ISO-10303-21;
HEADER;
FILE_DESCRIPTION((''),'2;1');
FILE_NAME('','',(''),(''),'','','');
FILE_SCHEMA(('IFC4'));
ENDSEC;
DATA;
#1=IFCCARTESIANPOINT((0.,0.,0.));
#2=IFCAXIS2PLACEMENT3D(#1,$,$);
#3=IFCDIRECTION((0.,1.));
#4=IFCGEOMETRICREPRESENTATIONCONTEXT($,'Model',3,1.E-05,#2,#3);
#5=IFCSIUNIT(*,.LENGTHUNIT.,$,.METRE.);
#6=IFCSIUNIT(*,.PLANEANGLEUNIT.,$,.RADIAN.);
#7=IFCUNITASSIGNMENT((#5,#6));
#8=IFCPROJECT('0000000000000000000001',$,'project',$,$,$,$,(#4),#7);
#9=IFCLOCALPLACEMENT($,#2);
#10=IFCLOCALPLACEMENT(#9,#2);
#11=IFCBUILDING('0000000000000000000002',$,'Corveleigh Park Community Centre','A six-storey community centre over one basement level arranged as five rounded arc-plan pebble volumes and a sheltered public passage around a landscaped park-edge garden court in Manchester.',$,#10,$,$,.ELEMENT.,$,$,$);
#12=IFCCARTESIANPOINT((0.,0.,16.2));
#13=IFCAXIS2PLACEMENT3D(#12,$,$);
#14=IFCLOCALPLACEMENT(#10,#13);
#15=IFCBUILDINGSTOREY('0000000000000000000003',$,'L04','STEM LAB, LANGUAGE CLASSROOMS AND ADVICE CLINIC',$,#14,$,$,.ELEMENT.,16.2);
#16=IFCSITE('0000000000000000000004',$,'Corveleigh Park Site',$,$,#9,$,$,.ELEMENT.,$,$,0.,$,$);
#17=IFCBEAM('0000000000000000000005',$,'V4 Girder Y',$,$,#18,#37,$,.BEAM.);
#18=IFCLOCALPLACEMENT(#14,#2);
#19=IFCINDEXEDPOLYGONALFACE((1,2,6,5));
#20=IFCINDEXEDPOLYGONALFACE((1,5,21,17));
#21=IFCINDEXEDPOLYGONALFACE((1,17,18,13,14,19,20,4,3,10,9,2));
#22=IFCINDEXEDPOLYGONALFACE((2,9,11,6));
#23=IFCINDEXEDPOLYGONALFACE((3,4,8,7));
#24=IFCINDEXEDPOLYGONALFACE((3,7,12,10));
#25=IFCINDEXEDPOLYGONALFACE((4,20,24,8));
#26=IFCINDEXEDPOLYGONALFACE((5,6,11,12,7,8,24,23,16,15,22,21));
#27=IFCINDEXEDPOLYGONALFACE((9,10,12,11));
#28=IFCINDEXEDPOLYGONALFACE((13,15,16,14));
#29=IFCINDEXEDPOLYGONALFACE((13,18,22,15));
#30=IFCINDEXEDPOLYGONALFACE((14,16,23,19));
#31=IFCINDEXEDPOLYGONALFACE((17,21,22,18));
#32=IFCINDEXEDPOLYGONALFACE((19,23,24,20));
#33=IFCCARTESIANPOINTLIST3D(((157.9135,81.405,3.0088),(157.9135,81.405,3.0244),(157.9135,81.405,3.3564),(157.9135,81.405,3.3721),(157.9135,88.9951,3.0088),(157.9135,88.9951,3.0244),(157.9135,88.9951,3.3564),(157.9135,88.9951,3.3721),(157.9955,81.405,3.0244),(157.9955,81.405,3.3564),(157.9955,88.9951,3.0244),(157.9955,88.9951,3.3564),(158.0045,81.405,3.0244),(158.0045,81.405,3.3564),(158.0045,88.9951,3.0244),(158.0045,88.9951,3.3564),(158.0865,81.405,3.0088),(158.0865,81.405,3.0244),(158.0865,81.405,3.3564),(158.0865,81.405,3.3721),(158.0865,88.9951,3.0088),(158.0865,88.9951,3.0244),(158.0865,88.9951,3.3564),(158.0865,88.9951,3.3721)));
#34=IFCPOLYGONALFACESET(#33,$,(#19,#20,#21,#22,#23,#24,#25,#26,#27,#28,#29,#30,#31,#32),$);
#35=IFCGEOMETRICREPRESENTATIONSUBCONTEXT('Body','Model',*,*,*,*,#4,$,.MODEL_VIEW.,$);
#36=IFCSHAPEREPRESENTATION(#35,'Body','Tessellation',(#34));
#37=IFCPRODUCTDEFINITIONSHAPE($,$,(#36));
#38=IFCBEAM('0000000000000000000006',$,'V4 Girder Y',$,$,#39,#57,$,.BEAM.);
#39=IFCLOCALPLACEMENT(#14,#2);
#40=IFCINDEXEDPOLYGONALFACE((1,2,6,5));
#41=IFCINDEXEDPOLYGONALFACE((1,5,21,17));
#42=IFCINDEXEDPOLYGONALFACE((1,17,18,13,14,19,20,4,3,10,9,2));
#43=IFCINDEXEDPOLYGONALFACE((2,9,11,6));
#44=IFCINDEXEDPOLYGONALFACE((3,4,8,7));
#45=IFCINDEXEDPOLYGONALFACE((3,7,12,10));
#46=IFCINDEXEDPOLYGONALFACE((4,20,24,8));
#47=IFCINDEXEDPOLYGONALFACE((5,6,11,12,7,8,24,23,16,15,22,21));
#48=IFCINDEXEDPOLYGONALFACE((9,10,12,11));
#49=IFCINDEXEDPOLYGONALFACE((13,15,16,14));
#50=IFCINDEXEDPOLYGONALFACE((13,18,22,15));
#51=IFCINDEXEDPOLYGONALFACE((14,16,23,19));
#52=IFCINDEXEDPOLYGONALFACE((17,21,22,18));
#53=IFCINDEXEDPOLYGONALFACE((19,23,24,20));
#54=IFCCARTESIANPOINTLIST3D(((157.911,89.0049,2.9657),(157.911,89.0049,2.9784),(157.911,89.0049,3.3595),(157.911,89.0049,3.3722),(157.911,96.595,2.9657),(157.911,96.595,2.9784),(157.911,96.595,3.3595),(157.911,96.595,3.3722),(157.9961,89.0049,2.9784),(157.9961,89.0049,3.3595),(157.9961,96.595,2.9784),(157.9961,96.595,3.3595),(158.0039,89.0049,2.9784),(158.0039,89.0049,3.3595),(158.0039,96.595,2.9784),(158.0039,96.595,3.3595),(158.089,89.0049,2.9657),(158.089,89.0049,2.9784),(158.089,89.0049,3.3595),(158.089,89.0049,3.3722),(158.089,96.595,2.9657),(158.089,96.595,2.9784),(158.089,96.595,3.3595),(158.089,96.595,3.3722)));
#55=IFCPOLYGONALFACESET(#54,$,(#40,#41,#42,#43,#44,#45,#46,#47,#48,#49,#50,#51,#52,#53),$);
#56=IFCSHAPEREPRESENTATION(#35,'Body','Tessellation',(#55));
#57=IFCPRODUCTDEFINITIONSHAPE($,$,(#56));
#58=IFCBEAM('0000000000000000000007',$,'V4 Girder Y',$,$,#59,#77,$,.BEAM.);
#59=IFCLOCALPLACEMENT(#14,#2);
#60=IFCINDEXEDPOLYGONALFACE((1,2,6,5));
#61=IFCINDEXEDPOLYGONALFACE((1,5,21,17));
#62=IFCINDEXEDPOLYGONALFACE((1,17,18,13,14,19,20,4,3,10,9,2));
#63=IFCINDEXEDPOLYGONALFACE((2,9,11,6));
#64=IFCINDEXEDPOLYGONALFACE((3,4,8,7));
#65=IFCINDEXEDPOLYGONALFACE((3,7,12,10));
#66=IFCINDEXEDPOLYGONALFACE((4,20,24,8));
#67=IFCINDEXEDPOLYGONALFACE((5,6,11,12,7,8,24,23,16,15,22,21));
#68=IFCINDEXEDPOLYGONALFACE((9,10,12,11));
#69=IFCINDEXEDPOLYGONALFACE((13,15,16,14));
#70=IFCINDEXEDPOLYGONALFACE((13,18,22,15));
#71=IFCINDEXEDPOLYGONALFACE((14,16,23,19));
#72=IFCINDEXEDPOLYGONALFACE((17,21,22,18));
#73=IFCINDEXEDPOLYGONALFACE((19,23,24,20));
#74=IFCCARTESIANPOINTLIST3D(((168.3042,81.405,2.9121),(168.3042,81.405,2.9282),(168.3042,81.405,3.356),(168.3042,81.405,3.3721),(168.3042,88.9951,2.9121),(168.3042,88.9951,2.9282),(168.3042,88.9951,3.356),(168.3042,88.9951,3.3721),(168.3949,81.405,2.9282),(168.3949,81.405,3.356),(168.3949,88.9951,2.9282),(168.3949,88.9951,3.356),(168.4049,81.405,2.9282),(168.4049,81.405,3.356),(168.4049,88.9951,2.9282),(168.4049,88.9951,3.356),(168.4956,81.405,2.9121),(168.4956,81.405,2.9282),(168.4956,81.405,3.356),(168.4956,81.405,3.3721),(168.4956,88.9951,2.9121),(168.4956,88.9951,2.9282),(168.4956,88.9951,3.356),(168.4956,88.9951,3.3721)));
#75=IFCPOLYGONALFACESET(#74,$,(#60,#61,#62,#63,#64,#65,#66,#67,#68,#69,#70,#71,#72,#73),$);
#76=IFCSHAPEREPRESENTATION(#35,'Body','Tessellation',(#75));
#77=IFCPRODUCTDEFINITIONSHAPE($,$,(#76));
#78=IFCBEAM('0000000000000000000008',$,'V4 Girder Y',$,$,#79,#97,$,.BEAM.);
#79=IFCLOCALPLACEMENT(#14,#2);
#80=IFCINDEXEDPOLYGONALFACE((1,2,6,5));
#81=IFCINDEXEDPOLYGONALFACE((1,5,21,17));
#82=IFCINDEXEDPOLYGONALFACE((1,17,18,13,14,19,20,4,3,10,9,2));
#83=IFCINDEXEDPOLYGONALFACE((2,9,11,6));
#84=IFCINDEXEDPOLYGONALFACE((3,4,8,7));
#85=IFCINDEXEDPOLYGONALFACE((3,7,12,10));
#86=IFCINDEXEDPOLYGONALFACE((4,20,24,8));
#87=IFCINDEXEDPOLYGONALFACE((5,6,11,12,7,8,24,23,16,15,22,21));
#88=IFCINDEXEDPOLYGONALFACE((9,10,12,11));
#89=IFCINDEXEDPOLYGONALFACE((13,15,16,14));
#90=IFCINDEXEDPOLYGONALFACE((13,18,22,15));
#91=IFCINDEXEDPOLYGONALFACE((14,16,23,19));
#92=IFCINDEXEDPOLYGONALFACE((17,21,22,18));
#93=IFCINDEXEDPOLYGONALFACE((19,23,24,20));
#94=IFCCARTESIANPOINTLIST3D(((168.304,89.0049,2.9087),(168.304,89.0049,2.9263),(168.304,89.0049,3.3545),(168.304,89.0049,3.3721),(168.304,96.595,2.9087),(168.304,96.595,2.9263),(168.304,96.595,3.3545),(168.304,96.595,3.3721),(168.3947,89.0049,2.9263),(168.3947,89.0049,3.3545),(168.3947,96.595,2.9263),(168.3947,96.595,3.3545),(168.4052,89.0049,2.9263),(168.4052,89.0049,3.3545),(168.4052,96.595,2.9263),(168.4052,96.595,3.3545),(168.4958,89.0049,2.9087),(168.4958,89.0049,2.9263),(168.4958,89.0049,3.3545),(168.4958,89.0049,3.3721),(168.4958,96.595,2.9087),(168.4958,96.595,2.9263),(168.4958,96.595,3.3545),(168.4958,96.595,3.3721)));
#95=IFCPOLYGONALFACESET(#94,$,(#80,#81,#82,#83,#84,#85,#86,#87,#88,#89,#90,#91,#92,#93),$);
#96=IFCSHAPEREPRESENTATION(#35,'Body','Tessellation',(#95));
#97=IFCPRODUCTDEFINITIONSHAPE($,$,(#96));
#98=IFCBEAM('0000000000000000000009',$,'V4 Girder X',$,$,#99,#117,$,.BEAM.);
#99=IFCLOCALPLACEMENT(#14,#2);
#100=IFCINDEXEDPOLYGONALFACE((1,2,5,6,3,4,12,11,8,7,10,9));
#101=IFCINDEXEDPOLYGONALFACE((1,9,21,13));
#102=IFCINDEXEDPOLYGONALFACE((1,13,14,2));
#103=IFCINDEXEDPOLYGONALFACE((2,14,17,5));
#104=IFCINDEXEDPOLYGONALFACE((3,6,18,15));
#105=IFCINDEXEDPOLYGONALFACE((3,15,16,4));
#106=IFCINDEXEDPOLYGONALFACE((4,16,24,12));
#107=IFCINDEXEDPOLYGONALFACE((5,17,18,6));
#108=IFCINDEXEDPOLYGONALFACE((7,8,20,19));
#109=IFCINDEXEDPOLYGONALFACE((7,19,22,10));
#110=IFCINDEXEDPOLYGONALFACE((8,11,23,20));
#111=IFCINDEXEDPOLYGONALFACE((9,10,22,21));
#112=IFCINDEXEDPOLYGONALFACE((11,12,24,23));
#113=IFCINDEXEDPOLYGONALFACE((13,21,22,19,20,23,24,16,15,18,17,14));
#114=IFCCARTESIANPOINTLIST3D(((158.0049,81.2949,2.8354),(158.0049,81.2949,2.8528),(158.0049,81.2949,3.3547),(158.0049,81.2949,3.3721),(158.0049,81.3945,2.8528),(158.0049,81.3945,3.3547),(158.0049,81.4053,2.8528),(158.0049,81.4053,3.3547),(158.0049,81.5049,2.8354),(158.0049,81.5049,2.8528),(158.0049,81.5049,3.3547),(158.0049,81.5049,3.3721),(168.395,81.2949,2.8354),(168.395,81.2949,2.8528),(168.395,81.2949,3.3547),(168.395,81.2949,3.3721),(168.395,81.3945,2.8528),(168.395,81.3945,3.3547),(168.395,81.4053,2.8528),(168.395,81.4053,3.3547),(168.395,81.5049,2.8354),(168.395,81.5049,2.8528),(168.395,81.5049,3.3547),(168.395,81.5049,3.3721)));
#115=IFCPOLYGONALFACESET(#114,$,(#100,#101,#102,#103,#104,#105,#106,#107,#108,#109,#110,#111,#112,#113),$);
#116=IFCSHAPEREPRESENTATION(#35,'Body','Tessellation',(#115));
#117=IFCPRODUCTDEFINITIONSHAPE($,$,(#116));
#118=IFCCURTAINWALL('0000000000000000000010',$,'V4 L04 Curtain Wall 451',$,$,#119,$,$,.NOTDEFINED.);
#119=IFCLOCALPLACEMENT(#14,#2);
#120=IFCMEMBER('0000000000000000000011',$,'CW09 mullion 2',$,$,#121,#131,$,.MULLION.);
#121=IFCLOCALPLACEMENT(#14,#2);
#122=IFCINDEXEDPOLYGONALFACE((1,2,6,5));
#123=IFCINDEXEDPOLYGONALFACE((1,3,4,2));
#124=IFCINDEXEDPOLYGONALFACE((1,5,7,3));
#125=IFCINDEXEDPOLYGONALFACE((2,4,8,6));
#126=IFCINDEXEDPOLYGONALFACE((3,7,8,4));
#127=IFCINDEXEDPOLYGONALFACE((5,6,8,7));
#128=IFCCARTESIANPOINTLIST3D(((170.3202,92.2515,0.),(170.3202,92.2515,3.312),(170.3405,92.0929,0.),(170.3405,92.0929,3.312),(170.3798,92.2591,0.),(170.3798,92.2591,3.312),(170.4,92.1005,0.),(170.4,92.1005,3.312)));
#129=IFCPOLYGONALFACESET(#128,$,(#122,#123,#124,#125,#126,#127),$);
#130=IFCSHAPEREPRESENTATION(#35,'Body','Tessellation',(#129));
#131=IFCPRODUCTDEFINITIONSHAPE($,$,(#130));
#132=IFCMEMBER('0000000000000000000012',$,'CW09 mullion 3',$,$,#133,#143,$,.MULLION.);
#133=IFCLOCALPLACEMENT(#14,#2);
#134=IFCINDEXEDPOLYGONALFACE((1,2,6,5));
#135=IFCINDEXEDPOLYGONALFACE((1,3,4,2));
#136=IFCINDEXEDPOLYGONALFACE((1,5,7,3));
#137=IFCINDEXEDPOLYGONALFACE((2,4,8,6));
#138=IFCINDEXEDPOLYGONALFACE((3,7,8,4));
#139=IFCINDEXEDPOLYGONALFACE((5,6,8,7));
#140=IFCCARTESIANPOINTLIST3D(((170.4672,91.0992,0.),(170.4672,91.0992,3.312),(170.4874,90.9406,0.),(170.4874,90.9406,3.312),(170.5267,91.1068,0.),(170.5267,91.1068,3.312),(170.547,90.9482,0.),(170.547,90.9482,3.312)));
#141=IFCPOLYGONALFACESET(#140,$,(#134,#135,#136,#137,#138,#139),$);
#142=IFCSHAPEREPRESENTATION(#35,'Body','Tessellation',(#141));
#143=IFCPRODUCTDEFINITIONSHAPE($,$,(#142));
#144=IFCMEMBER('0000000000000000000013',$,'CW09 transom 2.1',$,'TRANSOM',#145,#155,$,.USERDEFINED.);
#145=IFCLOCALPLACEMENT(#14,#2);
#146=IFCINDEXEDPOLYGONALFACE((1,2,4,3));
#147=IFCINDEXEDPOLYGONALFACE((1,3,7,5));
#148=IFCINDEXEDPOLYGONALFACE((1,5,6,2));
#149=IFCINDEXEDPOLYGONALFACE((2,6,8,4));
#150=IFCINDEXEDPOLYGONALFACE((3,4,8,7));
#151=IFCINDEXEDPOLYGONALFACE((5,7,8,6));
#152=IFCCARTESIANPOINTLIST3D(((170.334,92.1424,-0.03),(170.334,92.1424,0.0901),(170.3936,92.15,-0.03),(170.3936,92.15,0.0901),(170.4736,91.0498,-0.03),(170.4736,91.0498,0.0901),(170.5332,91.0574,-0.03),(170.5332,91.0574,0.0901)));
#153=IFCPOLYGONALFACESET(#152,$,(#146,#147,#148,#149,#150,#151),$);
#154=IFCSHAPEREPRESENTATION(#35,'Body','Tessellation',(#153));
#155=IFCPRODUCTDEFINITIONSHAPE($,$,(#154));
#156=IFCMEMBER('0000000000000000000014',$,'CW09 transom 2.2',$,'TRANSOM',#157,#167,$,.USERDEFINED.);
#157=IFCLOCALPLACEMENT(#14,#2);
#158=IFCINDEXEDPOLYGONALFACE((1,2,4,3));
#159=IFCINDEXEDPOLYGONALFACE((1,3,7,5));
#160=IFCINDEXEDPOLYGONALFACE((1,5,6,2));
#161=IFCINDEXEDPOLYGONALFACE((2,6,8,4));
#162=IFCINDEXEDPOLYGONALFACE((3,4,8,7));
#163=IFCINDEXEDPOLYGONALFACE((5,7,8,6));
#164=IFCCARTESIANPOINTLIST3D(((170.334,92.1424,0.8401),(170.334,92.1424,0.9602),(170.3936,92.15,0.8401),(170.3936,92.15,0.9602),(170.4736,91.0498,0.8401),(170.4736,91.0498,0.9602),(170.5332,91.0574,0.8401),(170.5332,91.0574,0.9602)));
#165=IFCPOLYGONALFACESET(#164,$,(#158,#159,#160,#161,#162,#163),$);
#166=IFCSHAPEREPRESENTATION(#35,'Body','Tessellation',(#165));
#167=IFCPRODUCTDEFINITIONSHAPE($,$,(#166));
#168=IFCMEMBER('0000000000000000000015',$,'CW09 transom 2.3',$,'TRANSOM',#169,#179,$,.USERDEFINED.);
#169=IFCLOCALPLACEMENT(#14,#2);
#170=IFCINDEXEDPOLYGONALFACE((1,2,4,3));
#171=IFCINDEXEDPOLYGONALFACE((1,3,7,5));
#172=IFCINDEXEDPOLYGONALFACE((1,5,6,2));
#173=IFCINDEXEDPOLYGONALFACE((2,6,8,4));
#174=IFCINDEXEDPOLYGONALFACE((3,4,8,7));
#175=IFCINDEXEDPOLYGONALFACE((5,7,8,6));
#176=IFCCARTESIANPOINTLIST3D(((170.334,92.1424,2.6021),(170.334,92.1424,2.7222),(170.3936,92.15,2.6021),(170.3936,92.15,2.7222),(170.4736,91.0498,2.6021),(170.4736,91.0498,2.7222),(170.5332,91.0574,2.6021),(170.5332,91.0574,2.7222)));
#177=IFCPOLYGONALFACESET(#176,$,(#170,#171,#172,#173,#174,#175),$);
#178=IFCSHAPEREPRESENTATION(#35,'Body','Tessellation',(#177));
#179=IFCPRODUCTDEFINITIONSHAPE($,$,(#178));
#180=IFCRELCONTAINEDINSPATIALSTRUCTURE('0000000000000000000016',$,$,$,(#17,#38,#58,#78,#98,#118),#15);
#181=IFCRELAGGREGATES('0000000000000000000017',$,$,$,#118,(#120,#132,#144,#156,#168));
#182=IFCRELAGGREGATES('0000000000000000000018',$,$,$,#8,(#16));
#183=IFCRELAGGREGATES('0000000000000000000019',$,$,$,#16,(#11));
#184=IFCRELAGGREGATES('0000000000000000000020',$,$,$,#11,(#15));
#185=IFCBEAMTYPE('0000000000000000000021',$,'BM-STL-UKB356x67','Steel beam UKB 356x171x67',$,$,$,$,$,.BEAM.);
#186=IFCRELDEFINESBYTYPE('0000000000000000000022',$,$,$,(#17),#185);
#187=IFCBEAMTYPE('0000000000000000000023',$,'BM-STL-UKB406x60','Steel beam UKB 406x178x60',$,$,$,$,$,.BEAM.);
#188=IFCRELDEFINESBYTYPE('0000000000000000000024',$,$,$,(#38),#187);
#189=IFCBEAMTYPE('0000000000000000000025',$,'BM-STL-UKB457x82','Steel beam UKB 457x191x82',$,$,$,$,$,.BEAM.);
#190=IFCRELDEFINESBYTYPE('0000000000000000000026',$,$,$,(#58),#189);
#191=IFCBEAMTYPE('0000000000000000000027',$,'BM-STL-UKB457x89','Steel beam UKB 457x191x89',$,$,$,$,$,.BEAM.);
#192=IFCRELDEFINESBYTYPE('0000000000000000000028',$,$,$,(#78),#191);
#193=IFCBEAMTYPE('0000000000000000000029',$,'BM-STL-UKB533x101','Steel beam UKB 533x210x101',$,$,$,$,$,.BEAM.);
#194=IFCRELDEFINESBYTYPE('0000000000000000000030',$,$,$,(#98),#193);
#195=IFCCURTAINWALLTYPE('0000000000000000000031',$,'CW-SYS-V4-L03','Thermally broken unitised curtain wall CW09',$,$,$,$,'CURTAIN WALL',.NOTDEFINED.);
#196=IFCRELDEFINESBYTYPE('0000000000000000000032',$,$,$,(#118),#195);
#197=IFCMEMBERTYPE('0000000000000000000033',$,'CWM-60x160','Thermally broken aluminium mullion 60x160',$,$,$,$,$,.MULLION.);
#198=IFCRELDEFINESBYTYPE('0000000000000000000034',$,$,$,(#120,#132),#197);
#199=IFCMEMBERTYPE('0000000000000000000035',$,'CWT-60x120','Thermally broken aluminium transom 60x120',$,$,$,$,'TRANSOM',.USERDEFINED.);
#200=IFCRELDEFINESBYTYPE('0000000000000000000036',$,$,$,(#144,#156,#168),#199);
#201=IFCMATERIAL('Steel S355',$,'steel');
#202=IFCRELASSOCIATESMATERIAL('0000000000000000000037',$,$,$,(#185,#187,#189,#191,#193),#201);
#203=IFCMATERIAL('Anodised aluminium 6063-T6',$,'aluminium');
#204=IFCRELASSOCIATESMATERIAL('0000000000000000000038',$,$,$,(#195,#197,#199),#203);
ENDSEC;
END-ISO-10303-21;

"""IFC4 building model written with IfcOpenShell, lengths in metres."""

from ifc_helpers import new_model, si_unit, direction, frame, origin, origin_2d, place, context, subcontext, project, spatial, rectangle, i_section, extrude, material, material_profile, profile_set, type_object, element, aggregate, save


model = new_model("IFC4")

# Units and contexts
model_context = context("Model", 3, precision=1e-05, world=origin(), true_north=direction((0.0, 1.0)))
body_context = subcontext(model_context, "Body", "Model", "MODEL_VIEW")
ifc_project = project(units=[si_unit("LENGTHUNIT", "METRE"), si_unit("PLANEANGLEUNIT", "RADIAN")], contexts=[model_context])

# Site, building, storey
site_placement = place(None, origin())
site = spatial("IfcSite", under=ifc_project, at=site_placement, Name="Corveleigh Park Site", CompositionType="ELEMENT", RefElevation=0.0)
building_placement = place(site_placement, origin())
building = spatial("IfcBuilding", under=site, at=building_placement, Name="Corveleigh Park Community Centre", Description="A six-storey community centre over one basement level arranged as five rounded arc-plan pebble volumes and a sheltered public passage around a landscaped park-edge garden court in Manchester.", CompositionType="ELEMENT")
storey_placement = place(building_placement, frame((0.0, 0.0, 16.2)))
storey = spatial("IfcBuildingStorey", under=building, at=storey_placement, Name="L04", Description="STEM LAB, LANGUAGE CLASSROOMS AND ADVICE CLINIC", CompositionType="ELEMENT", Elevation=16.2)

# Shared definitions
ifc_material_1 = material(Name="Steel S355", Category="steel")

# Beams
ifc_material_profile_1 = material_profile(ifc_material_1, i_section(OverallWidth=0.1731, OverallDepth=0.3633, WebThickness=0.009, FlangeThickness=0.0156, at=origin_2d()), Name="UKB 356x171x67", Category="steel")
ifc_profile_set_1 = profile_set([ifc_material_profile_1], Name="Steel S355")
beam_type_1 = type_object("IfcBeamType", Name="BM-STL-UKB356x67", Description="Steel beam UKB 356x171x67", PredefinedType="BEAM", material=ifc_profile_set_1)
beam_1_placement = place(storey_placement, frame((158.0, 81.405, 3.1904), z_axis=(0.0, 1.0, 0.0), x_axis=(-1.0, 0.0, 0.0)))
element("IfcBeam", 1, at=beam_1_placement, inside=storey, type_object=beam_type_1, Name="V4 Girder Y", PredefinedType="BEAM", context=body_context, shape_type="SweptSolid", body=[
    extrude(i_section(OverallWidth=0.1731, OverallDepth=0.3633, WebThickness=0.009, FlangeThickness=0.0156, at=origin_2d()), origin(), (0.0, 0.0, 1.0), 7.5901),
])
ifc_material_profile_2 = material_profile(ifc_material_1, i_section(OverallWidth=0.178, OverallDepth=0.4065, WebThickness=0.0078, FlangeThickness=0.0127, at=origin_2d()), Name="UKB 406x178x60", Category="steel")
ifc_profile_set_2 = profile_set([ifc_material_profile_2], Name="Steel S355")
beam_type_2 = type_object("IfcBeamType", Name="BM-STL-UKB406x60", Description="Steel beam UKB 406x178x60", PredefinedType="BEAM", material=ifc_profile_set_2)
beam_2_placement = place(storey_placement, frame((158.0, 89.0049, 3.1689), z_axis=(0.0, 1.0, 0.0), x_axis=(-1.0, 0.0, 0.0)))
element("IfcBeam", 2, at=beam_2_placement, inside=storey, type_object=beam_type_2, Name="V4 Girder Y", PredefinedType="BEAM", context=body_context, shape_type="SweptSolid", body=[
    extrude(i_section(OverallWidth=0.178, OverallDepth=0.4065, WebThickness=0.0078, FlangeThickness=0.0127, at=origin_2d()), origin(), (0.0, 0.0, 1.0), 7.5901),
])
ifc_material_profile_3 = material_profile(ifc_material_1, i_section(OverallWidth=0.1914, OverallDepth=0.46, WebThickness=0.01, FlangeThickness=0.0161, at=origin_2d()), Name="UKB 457x191x82", Category="steel")
ifc_profile_set_3 = profile_set([ifc_material_profile_3], Name="Steel S355")
beam_type_3 = type_object("IfcBeamType", Name="BM-STL-UKB457x82", Description="Steel beam UKB 457x191x82", PredefinedType="BEAM", material=ifc_profile_set_3)
beam_3_placement = place(storey_placement, frame((168.3999, 81.405, 3.1421), z_axis=(0.0, 1.0, 0.0), x_axis=(-1.0, 0.0, 0.0)))
element("IfcBeam", 3, at=beam_3_placement, inside=storey, type_object=beam_type_3, Name="V4 Girder Y", PredefinedType="BEAM", context=body_context, shape_type="SweptSolid", body=[
    extrude(i_section(OverallWidth=0.1914, OverallDepth=0.46, WebThickness=0.01, FlangeThickness=0.0161, at=origin_2d()), origin(), (0.0, 0.0, 1.0), 7.5901),
])
ifc_material_profile_4 = material_profile(ifc_material_1, i_section(OverallWidth=0.1919, OverallDepth=0.4634, WebThickness=0.0105, FlangeThickness=0.0176, at=origin_2d()), Name="UKB 457x191x89", Category="steel")
ifc_profile_set_4 = profile_set([ifc_material_profile_4], Name="Steel S355")
beam_type_4 = type_object("IfcBeamType", Name="BM-STL-UKB457x89", Description="Steel beam UKB 457x191x89", PredefinedType="BEAM", material=ifc_profile_set_4)
beam_4_placement = place(storey_placement, frame((168.3999, 89.0049, 3.1404), z_axis=(0.0, 1.0, 0.0), x_axis=(-1.0, 0.0, 0.0)))
element("IfcBeam", 4, at=beam_4_placement, inside=storey, type_object=beam_type_4, Name="V4 Girder Y", PredefinedType="BEAM", context=body_context, shape_type="SweptSolid", body=[
    extrude(i_section(OverallWidth=0.1919, OverallDepth=0.4634, WebThickness=0.0105, FlangeThickness=0.0176, at=origin_2d()), origin(), (0.0, 0.0, 1.0), 7.5901),
])
ifc_material_profile_5 = material_profile(ifc_material_1, i_section(OverallWidth=0.21, OverallDepth=0.5366, WebThickness=0.0107, FlangeThickness=0.0173, at=origin_2d()), Name="UKB 533x210x101", Category="steel")
ifc_profile_set_5 = profile_set([ifc_material_profile_5], Name="Steel S355")
beam_type_5 = type_object("IfcBeamType", Name="BM-STL-UKB533x101", Description="Steel beam UKB 533x210x101", PredefinedType="BEAM", material=ifc_profile_set_5)
beam_5_placement = place(storey_placement, frame((158.0049, 81.3999, 3.1038), z_axis=(1.0, 0.0, 0.0), x_axis=(0.0, 1.0, 0.0)))
element("IfcBeam", 5, at=beam_5_placement, inside=storey, type_object=beam_type_5, Name="V4 Girder X", PredefinedType="BEAM", context=body_context, shape_type="SweptSolid", body=[
    extrude(i_section(OverallWidth=0.21, OverallDepth=0.5366, WebThickness=0.0107, FlangeThickness=0.0173, at=origin_2d()), origin(), (0.0, 0.0, 1.0), 10.3901),
])

# Curtain wall, members
ifc_material_2 = material(Name="Anodised aluminium 6063-T6", Category="aluminium")
curtain_wall_type = type_object("IfcCurtainWallType", Name="CW-SYS-V4-L03", Description="Thermally broken unitised curtain wall CW09", ElementType="CURTAIN WALL", PredefinedType="NOTDEFINED", material=ifc_material_2)
curtain_wall_placement = place(storey_placement, origin())
curtain_wall = element("IfcCurtainWall", 6, at=curtain_wall_placement, inside=storey, type_object=curtain_wall_type, Name="V4 L04 Curtain Wall 451", PredefinedType="NOTDEFINED")
ifc_material_profile_6 = material_profile(ifc_material_2, rectangle(XDim=0.0601, YDim=0.1599, at=origin_2d()), Name="ALU-M60x160", Category="aluminium")
ifc_profile_set_6 = profile_set([ifc_material_profile_6], Name="Anodised aluminium 6063-T6")
member_type_1 = type_object("IfcMemberType", Name="CWM-60x160", Description="Thermally broken aluminium mullion 60x160", PredefinedType="MULLION", material=ifc_profile_set_6)
member_1_placement = place(storey_placement, frame((170.3601, 92.176, 0.0), z_axis=(0.0, 0.0, 1.0), x_axis=(0.991939, 0.12672, 0.0)))
member_1 = element("IfcMember", 7, at=member_1_placement, type_object=member_type_1, Name="CW09 mullion 2", PredefinedType="MULLION", context=body_context, shape_type="SweptSolid", body=[
    extrude(rectangle(XDim=0.0601, YDim=0.1599, at=origin_2d()), origin(), (0.0, 0.0, 1.0), 3.312),
])
member_2_placement = place(storey_placement, frame((170.5071, 91.0237, 0.0), z_axis=(0.0, 0.0, 1.0), x_axis=(0.991939, 0.12672, 0.0)))
member_2 = element("IfcMember", 8, at=member_2_placement, type_object=member_type_1, Name="CW09 mullion 3", PredefinedType="MULLION", context=body_context, shape_type="SweptSolid", body=[
    extrude(rectangle(XDim=0.0601, YDim=0.1599, at=origin_2d()), origin(), (0.0, 0.0, 1.0), 3.312),
])
ifc_material_profile_7 = material_profile(ifc_material_2, rectangle(XDim=0.0601, YDim=0.1201, at=origin_2d()), Name="ALU-T60x120", Category="aluminium")
ifc_profile_set_7 = profile_set([ifc_material_profile_7], Name="Anodised aluminium 6063-T6")
member_type_2 = type_object("IfcMemberType", Name="CWT-60x120", Description="Thermally broken aluminium transom 60x120", ElementType="TRANSOM", PredefinedType="USERDEFINED", material=ifc_profile_set_7)
member_3_placement = place(storey_placement, frame((170.3638, 92.1462, 0.03), z_axis=(0.126762, -0.991933, 0.0), x_axis=(0.991933, 0.126762, 0.0)))
member_3 = element("IfcMember", 9, at=member_3_placement, type_object=member_type_2, Name="CW09 transom 2.1", ObjectType="TRANSOM", PredefinedType="USERDEFINED", context=body_context, shape_type="SweptSolid", body=[
    extrude(rectangle(XDim=0.0601, YDim=0.1201, at=origin_2d()), origin(), (0.0, 0.0, 1.0), 1.1016),
])
member_4_placement = place(storey_placement, frame((170.3638, 92.1462, 0.9001), z_axis=(0.126762, -0.991933, 0.0), x_axis=(0.991933, 0.126762, 0.0)))
member_4 = element("IfcMember", 10, at=member_4_placement, type_object=member_type_2, Name="CW09 transom 2.2", ObjectType="TRANSOM", PredefinedType="USERDEFINED", context=body_context, shape_type="SweptSolid", body=[
    extrude(rectangle(XDim=0.0601, YDim=0.1201, at=origin_2d()), origin(), (0.0, 0.0, 1.0), 1.1016),
])
member_5_placement = place(storey_placement, frame((170.3638, 92.1462, 2.6621), z_axis=(0.126762, -0.991933, 0.0), x_axis=(0.991933, 0.126762, 0.0)))
member_5 = element("IfcMember", 11, at=member_5_placement, type_object=member_type_2, Name="CW09 transom 2.3", ObjectType="TRANSOM", PredefinedType="USERDEFINED", context=body_context, shape_type="SweptSolid", body=[
    extrude(rectangle(XDim=0.0601, YDim=0.1201, at=origin_2d()), origin(), (0.0, 0.0, 1.0), 1.1016),
])

aggregate(curtain_wall, [member_1, member_2, member_3, member_4, member_5])

save(model, "model.ifc")
